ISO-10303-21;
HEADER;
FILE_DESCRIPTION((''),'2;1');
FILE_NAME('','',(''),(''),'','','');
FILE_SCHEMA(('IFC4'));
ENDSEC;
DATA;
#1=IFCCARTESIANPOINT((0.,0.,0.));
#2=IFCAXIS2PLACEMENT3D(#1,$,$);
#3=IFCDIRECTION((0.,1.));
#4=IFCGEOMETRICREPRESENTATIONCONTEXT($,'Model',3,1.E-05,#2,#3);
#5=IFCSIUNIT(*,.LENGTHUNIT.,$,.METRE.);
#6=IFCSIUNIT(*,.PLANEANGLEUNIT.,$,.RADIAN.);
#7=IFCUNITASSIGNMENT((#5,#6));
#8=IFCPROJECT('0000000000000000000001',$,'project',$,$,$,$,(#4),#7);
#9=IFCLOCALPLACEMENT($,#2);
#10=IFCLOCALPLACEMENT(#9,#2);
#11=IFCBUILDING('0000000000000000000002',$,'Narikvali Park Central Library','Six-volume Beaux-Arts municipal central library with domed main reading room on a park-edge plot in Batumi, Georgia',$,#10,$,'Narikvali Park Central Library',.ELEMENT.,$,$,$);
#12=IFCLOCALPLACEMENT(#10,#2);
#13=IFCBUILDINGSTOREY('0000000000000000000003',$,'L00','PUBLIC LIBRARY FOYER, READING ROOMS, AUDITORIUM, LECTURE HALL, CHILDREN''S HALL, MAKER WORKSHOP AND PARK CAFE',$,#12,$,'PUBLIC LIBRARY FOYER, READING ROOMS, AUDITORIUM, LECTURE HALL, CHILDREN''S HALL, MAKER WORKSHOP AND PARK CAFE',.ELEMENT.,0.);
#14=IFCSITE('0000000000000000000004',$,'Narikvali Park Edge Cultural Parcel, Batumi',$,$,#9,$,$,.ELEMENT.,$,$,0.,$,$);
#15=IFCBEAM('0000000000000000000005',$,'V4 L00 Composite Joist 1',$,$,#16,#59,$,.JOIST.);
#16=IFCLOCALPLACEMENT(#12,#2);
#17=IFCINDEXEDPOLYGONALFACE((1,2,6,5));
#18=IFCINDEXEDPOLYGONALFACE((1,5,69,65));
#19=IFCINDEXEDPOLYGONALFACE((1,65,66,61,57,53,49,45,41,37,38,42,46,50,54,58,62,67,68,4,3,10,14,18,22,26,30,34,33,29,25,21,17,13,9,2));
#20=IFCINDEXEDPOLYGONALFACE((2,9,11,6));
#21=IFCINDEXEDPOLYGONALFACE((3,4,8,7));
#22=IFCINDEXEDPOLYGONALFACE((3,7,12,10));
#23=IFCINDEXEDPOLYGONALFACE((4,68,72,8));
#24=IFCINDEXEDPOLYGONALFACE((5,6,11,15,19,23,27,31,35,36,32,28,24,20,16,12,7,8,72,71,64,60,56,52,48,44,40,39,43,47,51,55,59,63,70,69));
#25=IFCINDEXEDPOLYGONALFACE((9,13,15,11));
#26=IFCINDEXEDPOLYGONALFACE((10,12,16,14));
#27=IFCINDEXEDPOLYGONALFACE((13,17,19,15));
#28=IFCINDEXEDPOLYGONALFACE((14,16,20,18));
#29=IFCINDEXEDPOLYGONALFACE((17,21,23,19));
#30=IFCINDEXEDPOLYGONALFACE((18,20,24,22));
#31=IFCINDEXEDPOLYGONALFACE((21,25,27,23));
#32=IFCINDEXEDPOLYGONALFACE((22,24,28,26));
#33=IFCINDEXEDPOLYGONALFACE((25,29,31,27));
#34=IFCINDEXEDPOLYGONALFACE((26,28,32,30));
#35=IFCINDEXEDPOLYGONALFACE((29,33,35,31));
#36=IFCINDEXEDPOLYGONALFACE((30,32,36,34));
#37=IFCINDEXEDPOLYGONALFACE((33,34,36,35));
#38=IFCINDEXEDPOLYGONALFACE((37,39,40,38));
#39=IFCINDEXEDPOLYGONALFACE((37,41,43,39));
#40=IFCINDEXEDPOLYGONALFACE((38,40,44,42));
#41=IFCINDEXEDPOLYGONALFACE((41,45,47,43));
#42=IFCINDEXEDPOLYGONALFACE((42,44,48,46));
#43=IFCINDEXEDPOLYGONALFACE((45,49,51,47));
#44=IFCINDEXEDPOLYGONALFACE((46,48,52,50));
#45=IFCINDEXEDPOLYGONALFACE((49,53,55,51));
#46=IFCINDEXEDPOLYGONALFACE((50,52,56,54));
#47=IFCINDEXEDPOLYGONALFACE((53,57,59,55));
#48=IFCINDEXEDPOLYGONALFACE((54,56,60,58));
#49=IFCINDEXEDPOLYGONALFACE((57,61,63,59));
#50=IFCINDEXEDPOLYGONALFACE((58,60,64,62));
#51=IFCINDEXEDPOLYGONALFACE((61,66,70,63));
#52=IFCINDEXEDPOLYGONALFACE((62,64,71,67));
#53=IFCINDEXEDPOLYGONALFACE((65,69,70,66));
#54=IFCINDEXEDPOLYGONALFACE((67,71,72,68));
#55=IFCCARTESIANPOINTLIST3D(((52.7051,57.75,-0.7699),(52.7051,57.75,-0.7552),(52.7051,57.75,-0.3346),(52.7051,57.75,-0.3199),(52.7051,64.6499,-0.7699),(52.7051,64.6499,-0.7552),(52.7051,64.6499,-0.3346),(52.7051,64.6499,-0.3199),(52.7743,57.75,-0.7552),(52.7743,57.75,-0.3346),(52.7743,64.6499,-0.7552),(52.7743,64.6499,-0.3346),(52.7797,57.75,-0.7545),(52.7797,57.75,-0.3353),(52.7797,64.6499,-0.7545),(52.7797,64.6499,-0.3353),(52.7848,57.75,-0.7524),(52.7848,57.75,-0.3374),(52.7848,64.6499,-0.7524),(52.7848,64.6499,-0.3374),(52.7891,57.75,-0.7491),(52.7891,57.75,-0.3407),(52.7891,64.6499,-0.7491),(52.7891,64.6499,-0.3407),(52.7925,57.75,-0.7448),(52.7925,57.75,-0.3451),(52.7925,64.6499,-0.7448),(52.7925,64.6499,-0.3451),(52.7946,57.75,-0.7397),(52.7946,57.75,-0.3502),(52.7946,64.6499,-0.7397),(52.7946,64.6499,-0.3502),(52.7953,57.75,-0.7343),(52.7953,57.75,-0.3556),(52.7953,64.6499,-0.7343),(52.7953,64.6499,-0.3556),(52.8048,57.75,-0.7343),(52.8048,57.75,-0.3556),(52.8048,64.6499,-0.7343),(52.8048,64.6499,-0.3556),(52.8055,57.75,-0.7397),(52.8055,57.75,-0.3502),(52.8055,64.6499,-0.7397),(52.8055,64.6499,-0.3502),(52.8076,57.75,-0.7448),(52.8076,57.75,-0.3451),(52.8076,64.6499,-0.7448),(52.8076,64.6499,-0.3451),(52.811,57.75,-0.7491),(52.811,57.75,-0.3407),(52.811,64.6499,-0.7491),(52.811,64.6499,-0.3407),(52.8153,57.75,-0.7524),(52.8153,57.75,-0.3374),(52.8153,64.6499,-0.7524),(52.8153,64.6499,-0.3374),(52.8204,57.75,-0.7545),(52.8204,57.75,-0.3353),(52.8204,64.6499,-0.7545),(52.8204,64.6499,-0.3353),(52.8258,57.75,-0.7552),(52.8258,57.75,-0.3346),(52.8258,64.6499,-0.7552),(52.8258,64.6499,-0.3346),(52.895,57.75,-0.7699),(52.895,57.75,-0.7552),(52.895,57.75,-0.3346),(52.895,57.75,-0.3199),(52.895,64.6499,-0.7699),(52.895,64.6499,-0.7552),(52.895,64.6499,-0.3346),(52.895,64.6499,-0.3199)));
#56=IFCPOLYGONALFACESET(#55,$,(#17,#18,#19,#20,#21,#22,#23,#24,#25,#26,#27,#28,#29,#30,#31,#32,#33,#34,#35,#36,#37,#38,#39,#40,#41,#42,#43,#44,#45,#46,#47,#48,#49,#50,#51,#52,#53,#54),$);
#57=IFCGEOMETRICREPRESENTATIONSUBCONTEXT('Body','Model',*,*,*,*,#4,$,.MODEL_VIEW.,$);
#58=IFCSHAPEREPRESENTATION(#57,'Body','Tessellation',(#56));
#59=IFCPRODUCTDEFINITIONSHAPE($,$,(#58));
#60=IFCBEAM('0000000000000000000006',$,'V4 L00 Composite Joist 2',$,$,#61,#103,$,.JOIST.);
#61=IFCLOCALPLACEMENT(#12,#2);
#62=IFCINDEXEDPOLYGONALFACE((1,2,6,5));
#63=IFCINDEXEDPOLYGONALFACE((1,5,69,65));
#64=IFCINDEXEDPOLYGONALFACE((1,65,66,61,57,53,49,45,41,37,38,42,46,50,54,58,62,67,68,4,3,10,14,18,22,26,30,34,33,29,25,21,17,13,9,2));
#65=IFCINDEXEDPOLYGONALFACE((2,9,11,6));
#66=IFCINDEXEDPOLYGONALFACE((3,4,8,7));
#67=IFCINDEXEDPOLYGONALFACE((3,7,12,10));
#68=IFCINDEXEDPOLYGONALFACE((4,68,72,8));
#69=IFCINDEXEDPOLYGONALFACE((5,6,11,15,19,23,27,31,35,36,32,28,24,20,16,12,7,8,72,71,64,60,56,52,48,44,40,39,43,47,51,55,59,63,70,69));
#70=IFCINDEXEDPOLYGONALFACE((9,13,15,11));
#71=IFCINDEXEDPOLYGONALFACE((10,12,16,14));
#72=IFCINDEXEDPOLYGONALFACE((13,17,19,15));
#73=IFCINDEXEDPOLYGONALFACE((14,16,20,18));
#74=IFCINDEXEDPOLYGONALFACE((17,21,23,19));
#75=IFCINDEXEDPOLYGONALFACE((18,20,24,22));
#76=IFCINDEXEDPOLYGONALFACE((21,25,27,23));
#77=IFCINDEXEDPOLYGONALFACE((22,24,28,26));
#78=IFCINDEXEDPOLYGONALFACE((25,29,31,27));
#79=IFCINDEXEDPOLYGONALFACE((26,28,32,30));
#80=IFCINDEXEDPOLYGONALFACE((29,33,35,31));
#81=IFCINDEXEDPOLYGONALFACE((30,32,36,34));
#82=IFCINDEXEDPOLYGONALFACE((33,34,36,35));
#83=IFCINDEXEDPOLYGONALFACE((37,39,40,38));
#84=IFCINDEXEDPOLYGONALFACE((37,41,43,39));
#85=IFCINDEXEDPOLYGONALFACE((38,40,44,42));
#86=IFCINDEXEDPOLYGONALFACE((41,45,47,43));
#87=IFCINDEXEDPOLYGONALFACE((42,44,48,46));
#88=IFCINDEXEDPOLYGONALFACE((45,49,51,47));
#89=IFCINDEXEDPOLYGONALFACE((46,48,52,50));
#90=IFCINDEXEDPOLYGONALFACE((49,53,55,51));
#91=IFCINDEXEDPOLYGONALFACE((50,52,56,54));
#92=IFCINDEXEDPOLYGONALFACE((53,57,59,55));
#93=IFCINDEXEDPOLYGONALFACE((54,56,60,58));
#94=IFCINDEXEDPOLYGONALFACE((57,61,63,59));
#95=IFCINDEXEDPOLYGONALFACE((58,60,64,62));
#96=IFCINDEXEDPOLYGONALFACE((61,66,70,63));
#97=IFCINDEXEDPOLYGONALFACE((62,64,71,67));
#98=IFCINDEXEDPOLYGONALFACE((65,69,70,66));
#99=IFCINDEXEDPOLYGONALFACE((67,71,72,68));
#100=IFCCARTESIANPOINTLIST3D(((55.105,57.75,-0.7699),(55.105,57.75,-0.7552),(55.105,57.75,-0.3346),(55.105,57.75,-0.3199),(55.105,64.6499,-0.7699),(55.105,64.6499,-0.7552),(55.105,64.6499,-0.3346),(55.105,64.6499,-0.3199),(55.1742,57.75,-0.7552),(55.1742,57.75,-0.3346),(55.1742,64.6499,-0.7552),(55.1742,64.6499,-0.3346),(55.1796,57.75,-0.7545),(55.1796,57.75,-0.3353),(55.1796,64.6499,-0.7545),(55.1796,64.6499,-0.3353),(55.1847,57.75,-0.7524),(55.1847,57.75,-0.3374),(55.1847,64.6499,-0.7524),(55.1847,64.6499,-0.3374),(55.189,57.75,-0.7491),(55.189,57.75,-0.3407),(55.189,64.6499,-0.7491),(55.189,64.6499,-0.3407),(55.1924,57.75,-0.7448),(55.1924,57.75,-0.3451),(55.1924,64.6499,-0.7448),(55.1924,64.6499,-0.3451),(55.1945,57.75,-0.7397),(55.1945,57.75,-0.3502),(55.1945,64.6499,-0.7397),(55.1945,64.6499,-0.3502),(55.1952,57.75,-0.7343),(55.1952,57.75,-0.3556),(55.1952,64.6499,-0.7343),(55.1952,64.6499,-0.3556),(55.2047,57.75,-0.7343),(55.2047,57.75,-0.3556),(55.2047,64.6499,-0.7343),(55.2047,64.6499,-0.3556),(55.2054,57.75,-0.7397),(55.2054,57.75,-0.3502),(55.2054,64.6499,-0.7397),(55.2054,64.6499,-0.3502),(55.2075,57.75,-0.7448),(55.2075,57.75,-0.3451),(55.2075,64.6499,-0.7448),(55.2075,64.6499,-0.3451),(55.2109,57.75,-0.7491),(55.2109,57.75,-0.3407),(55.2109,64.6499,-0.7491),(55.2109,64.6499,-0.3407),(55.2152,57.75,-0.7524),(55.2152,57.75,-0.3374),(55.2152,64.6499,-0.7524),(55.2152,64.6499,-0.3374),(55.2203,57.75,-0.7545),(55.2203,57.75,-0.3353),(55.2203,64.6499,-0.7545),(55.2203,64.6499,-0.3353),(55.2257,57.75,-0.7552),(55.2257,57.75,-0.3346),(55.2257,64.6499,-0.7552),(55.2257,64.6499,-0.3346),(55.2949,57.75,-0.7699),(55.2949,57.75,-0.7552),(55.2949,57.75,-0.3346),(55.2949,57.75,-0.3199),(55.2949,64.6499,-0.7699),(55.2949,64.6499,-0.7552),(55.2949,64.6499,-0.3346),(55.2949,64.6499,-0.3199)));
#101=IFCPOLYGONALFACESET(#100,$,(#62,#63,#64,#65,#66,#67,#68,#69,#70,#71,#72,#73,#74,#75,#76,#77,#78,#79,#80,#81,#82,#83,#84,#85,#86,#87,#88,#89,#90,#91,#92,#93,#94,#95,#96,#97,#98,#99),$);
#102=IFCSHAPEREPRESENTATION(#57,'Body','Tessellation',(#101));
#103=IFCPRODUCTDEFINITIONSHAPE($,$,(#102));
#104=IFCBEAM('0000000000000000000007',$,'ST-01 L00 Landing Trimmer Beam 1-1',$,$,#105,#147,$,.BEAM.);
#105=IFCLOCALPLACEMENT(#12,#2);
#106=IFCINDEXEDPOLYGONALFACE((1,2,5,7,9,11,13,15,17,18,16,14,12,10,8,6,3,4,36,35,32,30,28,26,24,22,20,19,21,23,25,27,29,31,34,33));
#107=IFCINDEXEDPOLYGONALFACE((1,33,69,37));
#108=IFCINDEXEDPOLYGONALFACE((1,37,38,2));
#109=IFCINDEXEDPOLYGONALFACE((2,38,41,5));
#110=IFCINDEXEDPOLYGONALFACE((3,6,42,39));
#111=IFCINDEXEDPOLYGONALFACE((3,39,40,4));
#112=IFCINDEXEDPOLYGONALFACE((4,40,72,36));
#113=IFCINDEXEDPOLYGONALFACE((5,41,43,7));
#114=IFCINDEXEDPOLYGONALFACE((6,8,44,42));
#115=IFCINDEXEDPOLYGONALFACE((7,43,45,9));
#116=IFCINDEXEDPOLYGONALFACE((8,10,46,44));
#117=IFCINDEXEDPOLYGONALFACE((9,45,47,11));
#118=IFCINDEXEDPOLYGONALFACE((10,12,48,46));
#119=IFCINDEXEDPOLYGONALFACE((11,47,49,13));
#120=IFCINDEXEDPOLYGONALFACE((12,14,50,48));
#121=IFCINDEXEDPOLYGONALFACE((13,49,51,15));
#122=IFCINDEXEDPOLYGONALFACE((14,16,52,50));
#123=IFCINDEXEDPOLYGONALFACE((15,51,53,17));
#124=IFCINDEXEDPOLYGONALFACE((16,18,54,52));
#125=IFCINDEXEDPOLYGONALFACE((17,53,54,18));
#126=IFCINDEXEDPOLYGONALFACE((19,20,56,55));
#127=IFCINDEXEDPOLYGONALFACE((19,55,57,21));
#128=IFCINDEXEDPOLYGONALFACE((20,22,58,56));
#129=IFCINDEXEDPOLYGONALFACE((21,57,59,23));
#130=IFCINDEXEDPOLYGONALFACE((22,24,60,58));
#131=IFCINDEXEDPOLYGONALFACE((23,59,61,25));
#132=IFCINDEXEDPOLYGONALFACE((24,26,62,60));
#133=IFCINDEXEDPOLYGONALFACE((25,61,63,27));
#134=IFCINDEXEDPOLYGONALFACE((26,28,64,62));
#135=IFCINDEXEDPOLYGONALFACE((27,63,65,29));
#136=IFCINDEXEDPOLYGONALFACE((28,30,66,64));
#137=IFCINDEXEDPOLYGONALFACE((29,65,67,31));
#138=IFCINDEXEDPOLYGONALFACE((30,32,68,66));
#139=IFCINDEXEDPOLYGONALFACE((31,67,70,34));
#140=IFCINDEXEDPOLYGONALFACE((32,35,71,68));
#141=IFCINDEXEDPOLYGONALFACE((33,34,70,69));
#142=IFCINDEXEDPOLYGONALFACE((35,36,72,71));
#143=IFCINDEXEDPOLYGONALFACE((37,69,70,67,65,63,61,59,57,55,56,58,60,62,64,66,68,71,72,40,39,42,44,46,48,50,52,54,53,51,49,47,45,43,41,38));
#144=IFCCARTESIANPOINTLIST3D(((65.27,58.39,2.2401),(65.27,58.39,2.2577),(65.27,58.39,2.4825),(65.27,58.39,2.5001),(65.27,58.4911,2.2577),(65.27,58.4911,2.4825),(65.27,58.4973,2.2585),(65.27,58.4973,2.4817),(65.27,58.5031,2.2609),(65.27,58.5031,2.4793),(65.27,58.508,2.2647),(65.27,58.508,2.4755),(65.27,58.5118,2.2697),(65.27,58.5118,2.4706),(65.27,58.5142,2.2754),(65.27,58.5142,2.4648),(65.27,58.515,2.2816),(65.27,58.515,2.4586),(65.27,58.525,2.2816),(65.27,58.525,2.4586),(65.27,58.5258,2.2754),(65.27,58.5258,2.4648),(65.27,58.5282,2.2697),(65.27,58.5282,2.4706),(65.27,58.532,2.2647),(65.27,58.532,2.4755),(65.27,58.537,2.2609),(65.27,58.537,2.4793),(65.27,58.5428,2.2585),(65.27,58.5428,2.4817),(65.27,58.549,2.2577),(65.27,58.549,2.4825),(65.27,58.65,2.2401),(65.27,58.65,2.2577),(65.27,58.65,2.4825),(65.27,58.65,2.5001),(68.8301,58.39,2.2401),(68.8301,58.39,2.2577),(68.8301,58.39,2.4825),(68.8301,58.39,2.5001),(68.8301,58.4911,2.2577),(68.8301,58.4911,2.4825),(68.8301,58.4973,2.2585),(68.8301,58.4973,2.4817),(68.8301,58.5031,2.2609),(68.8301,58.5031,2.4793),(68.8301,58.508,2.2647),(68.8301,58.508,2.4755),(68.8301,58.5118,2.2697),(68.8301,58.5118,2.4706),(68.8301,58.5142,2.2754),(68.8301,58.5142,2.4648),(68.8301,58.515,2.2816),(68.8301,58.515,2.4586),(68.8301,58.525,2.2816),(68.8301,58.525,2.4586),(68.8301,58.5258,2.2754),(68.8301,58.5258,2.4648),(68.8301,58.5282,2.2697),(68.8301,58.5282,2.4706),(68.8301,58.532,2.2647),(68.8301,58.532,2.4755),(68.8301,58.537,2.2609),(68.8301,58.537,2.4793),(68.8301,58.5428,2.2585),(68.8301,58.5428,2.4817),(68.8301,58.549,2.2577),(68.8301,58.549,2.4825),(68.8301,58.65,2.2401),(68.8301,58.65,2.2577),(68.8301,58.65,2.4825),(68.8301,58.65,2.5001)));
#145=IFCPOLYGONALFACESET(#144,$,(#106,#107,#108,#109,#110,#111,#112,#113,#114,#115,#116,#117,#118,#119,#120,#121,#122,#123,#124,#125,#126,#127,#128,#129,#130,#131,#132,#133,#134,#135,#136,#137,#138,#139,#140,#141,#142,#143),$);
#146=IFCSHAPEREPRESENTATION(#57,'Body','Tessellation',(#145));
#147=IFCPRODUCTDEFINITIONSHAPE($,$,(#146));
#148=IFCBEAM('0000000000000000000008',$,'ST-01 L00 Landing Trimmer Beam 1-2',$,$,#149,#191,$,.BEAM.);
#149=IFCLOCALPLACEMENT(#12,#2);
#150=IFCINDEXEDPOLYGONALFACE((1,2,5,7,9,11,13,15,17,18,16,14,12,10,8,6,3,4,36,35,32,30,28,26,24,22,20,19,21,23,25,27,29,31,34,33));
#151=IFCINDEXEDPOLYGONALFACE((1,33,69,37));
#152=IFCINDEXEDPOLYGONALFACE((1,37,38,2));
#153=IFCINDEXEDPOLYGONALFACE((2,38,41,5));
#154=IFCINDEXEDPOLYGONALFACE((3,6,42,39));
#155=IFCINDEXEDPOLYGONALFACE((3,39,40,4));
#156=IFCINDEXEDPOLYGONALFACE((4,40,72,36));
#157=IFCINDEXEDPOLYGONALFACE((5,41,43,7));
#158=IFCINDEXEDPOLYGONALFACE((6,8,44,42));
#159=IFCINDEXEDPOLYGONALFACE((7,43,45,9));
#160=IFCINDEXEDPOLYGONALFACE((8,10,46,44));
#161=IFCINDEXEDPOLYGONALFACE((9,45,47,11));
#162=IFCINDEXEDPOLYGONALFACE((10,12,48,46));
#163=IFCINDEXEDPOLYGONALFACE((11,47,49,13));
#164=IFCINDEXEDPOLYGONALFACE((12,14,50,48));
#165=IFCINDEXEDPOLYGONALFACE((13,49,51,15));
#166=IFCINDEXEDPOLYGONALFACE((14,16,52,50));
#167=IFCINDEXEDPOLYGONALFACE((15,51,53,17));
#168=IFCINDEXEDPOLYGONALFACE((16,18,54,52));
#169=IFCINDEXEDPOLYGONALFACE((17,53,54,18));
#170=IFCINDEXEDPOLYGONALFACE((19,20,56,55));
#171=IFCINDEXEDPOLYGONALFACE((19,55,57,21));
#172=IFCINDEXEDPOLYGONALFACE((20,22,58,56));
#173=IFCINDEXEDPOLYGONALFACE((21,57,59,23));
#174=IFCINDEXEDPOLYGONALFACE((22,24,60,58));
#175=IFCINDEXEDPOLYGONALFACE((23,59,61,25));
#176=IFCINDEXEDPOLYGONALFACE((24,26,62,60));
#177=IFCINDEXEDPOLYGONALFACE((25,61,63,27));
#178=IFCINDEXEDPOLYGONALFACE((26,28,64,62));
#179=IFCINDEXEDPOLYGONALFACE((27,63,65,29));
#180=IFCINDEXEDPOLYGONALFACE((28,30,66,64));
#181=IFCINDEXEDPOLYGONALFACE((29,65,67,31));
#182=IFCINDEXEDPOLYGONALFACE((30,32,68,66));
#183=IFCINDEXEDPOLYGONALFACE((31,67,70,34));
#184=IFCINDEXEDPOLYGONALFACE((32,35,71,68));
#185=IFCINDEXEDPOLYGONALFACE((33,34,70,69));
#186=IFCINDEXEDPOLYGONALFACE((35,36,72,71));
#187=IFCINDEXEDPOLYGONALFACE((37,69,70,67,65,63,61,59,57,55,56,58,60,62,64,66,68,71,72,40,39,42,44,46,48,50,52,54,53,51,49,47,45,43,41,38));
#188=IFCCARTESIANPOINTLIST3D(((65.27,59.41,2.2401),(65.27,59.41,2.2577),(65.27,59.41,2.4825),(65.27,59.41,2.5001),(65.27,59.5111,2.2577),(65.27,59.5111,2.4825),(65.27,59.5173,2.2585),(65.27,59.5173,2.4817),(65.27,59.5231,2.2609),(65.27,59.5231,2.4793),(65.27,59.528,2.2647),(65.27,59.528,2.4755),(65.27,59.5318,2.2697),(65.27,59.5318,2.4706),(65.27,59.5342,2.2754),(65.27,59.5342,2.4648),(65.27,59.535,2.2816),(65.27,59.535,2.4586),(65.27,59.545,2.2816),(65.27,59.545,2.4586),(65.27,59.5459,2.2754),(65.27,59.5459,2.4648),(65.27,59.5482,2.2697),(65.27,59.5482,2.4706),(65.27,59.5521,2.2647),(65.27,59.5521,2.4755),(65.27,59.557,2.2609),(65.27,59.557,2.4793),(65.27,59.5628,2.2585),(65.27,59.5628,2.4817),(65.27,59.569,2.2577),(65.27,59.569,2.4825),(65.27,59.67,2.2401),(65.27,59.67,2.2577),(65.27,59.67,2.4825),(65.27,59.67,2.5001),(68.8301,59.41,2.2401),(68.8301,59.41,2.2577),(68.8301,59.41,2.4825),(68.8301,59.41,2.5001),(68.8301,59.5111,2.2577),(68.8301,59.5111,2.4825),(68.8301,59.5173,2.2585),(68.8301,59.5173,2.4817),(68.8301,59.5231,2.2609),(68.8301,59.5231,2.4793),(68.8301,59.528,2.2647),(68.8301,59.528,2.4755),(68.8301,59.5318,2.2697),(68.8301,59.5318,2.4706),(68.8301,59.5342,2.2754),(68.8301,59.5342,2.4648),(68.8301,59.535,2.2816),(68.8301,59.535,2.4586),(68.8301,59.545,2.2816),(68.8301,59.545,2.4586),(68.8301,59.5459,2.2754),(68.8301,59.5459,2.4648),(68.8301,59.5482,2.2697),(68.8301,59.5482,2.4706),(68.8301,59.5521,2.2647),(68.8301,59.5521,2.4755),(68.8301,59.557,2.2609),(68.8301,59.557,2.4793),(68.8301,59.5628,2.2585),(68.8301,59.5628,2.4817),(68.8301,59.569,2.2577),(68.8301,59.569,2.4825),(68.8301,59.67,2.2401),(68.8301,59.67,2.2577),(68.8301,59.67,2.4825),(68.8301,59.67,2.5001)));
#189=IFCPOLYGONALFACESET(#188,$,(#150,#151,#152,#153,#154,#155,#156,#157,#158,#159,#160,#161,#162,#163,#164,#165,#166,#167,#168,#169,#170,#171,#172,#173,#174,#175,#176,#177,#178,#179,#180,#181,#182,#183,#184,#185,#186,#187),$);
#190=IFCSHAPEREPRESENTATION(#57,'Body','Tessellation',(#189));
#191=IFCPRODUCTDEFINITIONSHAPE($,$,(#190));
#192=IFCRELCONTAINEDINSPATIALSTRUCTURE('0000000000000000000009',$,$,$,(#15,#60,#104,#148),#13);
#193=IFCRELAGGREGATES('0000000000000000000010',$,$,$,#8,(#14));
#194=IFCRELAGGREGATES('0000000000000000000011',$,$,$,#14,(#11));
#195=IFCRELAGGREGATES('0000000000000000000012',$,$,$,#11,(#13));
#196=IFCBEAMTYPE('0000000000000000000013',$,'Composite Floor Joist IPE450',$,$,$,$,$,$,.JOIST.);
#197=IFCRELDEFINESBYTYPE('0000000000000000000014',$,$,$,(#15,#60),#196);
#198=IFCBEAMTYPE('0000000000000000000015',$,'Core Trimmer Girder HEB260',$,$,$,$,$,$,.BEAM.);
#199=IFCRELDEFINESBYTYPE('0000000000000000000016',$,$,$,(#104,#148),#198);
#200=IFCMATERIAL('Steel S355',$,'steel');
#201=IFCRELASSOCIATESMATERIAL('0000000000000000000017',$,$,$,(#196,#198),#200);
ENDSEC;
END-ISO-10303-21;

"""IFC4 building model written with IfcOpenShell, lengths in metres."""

from ifc_helpers import new_model, si_unit, direction, frame, origin, origin_2d, place, context, subcontext, project, spatial, i_section, extrude, material, material_profile, profile_set, type_object, element, save


model = new_model("IFC4")

# Units and contexts
model_context = context("Model", 3, precision=1e-05, world=origin(), true_north=direction((0.0, 1.0)))
body_context = subcontext(model_context, "Body", "Model", "MODEL_VIEW")
ifc_project = project(units=[si_unit("LENGTHUNIT", "METRE"), si_unit("PLANEANGLEUNIT", "RADIAN")], contexts=[model_context])

# Site, building, storey
site_placement = place(None, origin())
site = spatial("IfcSite", under=ifc_project, at=site_placement, Name="Narikvali Park Edge Cultural Parcel, Batumi", CompositionType="ELEMENT", RefElevation=0.0)
building_placement = place(site_placement, origin())
building = spatial("IfcBuilding", under=site, at=building_placement, Name="Narikvali Park Central Library", Description="Six-volume Beaux-Arts municipal central library with domed main reading room on a park-edge plot in Batumi, Georgia", LongName="Narikvali Park Central Library", CompositionType="ELEMENT")
storey_placement = place(building_placement, origin())
storey = spatial("IfcBuildingStorey", under=building, at=storey_placement, Name="L00", Description="PUBLIC LIBRARY FOYER, READING ROOMS, AUDITORIUM, LECTURE HALL, CHILDREN'S HALL, MAKER WORKSHOP AND PARK CAFE", LongName="PUBLIC LIBRARY FOYER, READING ROOMS, AUDITORIUM, LECTURE HALL, CHILDREN'S HALL, MAKER WORKSHOP AND PARK CAFE", CompositionType="ELEMENT", Elevation=0.0)

# Shared definitions
ifc_material_1 = material(Name="Steel S355", Category="steel")

# Beams
ifc_material_profile_1 = material_profile(ifc_material_1, i_section(OverallWidth=0.1899, OverallDepth=0.45, WebThickness=0.0095, FlangeThickness=0.0146, FilletRadius=0.021, at=origin_2d()), Name="IPE 450")
ifc_profile_set_1 = profile_set([ifc_material_profile_1], Name="Steel S355")
beam_type_1 = type_object("IfcBeamType", Name="Composite Floor Joist IPE450", PredefinedType="JOIST", material=ifc_profile_set_1)
for number, where, z_axis, x_axis, name in (
    (1, (52.8, 57.75, -0.5449), (0.0, 1.0, 0.0), (-1.0, 0.0, 0.0), "V4 L00 Composite Joist 1"),
    (2, (55.2, 57.75, -0.5449), (0.0, 1.0, 0.0), (-1.0, 0.0, 0.0), "V4 L00 Composite Joist 2"),
):
    element("IfcBeam", number, at=place(storey_placement, frame(where, z_axis=z_axis, x_axis=x_axis)), inside=storey, type_object=beam_type_1, Name=name, PredefinedType="JOIST", context=body_context, shape_type="SweptSolid", body=[
        extrude(i_section(OverallWidth=0.1899, OverallDepth=0.45, WebThickness=0.0095, FlangeThickness=0.0146, FilletRadius=0.021, at=origin_2d()), origin(), (0.0, 0.0, 1.0), 6.8999),
    ])
ifc_material_profile_2 = material_profile(ifc_material_1, i_section(OverallWidth=0.26, OverallDepth=0.26, WebThickness=0.01, FlangeThickness=0.0176, FilletRadius=0.0239, at=origin_2d()), Name="HEB 260")
ifc_profile_set_2 = profile_set([ifc_material_profile_2], Name="Steel S355")
beam_type_2 = type_object("IfcBeamType", Name="Core Trimmer Girder HEB260", PredefinedType="BEAM", material=ifc_profile_set_2)
for number, where, z_axis, x_axis, name in (
    (3, (65.27, 58.52, 2.3701), (1.0, 0.0, 0.0), (0.0, 1.0, 0.0), "ST-01 L00 Landing Trimmer Beam 1-1"),
    (4, (65.27, 59.54, 2.3701), (1.0, 0.0, 0.0), (0.0, 1.0, 0.0), "ST-01 L00 Landing Trimmer Beam 1-2"),
):
    element("IfcBeam", number, at=place(storey_placement, frame(where, z_axis=z_axis, x_axis=x_axis)), inside=storey, type_object=beam_type_2, Name=name, PredefinedType="BEAM", context=body_context, shape_type="SweptSolid", body=[
        extrude(i_section(OverallWidth=0.26, OverallDepth=0.26, WebThickness=0.01, FlangeThickness=0.0176, FilletRadius=0.0239, at=origin_2d()), origin(), (0.0, 0.0, 1.0), 3.5601),
    ])

save(model, "model.ifc")
